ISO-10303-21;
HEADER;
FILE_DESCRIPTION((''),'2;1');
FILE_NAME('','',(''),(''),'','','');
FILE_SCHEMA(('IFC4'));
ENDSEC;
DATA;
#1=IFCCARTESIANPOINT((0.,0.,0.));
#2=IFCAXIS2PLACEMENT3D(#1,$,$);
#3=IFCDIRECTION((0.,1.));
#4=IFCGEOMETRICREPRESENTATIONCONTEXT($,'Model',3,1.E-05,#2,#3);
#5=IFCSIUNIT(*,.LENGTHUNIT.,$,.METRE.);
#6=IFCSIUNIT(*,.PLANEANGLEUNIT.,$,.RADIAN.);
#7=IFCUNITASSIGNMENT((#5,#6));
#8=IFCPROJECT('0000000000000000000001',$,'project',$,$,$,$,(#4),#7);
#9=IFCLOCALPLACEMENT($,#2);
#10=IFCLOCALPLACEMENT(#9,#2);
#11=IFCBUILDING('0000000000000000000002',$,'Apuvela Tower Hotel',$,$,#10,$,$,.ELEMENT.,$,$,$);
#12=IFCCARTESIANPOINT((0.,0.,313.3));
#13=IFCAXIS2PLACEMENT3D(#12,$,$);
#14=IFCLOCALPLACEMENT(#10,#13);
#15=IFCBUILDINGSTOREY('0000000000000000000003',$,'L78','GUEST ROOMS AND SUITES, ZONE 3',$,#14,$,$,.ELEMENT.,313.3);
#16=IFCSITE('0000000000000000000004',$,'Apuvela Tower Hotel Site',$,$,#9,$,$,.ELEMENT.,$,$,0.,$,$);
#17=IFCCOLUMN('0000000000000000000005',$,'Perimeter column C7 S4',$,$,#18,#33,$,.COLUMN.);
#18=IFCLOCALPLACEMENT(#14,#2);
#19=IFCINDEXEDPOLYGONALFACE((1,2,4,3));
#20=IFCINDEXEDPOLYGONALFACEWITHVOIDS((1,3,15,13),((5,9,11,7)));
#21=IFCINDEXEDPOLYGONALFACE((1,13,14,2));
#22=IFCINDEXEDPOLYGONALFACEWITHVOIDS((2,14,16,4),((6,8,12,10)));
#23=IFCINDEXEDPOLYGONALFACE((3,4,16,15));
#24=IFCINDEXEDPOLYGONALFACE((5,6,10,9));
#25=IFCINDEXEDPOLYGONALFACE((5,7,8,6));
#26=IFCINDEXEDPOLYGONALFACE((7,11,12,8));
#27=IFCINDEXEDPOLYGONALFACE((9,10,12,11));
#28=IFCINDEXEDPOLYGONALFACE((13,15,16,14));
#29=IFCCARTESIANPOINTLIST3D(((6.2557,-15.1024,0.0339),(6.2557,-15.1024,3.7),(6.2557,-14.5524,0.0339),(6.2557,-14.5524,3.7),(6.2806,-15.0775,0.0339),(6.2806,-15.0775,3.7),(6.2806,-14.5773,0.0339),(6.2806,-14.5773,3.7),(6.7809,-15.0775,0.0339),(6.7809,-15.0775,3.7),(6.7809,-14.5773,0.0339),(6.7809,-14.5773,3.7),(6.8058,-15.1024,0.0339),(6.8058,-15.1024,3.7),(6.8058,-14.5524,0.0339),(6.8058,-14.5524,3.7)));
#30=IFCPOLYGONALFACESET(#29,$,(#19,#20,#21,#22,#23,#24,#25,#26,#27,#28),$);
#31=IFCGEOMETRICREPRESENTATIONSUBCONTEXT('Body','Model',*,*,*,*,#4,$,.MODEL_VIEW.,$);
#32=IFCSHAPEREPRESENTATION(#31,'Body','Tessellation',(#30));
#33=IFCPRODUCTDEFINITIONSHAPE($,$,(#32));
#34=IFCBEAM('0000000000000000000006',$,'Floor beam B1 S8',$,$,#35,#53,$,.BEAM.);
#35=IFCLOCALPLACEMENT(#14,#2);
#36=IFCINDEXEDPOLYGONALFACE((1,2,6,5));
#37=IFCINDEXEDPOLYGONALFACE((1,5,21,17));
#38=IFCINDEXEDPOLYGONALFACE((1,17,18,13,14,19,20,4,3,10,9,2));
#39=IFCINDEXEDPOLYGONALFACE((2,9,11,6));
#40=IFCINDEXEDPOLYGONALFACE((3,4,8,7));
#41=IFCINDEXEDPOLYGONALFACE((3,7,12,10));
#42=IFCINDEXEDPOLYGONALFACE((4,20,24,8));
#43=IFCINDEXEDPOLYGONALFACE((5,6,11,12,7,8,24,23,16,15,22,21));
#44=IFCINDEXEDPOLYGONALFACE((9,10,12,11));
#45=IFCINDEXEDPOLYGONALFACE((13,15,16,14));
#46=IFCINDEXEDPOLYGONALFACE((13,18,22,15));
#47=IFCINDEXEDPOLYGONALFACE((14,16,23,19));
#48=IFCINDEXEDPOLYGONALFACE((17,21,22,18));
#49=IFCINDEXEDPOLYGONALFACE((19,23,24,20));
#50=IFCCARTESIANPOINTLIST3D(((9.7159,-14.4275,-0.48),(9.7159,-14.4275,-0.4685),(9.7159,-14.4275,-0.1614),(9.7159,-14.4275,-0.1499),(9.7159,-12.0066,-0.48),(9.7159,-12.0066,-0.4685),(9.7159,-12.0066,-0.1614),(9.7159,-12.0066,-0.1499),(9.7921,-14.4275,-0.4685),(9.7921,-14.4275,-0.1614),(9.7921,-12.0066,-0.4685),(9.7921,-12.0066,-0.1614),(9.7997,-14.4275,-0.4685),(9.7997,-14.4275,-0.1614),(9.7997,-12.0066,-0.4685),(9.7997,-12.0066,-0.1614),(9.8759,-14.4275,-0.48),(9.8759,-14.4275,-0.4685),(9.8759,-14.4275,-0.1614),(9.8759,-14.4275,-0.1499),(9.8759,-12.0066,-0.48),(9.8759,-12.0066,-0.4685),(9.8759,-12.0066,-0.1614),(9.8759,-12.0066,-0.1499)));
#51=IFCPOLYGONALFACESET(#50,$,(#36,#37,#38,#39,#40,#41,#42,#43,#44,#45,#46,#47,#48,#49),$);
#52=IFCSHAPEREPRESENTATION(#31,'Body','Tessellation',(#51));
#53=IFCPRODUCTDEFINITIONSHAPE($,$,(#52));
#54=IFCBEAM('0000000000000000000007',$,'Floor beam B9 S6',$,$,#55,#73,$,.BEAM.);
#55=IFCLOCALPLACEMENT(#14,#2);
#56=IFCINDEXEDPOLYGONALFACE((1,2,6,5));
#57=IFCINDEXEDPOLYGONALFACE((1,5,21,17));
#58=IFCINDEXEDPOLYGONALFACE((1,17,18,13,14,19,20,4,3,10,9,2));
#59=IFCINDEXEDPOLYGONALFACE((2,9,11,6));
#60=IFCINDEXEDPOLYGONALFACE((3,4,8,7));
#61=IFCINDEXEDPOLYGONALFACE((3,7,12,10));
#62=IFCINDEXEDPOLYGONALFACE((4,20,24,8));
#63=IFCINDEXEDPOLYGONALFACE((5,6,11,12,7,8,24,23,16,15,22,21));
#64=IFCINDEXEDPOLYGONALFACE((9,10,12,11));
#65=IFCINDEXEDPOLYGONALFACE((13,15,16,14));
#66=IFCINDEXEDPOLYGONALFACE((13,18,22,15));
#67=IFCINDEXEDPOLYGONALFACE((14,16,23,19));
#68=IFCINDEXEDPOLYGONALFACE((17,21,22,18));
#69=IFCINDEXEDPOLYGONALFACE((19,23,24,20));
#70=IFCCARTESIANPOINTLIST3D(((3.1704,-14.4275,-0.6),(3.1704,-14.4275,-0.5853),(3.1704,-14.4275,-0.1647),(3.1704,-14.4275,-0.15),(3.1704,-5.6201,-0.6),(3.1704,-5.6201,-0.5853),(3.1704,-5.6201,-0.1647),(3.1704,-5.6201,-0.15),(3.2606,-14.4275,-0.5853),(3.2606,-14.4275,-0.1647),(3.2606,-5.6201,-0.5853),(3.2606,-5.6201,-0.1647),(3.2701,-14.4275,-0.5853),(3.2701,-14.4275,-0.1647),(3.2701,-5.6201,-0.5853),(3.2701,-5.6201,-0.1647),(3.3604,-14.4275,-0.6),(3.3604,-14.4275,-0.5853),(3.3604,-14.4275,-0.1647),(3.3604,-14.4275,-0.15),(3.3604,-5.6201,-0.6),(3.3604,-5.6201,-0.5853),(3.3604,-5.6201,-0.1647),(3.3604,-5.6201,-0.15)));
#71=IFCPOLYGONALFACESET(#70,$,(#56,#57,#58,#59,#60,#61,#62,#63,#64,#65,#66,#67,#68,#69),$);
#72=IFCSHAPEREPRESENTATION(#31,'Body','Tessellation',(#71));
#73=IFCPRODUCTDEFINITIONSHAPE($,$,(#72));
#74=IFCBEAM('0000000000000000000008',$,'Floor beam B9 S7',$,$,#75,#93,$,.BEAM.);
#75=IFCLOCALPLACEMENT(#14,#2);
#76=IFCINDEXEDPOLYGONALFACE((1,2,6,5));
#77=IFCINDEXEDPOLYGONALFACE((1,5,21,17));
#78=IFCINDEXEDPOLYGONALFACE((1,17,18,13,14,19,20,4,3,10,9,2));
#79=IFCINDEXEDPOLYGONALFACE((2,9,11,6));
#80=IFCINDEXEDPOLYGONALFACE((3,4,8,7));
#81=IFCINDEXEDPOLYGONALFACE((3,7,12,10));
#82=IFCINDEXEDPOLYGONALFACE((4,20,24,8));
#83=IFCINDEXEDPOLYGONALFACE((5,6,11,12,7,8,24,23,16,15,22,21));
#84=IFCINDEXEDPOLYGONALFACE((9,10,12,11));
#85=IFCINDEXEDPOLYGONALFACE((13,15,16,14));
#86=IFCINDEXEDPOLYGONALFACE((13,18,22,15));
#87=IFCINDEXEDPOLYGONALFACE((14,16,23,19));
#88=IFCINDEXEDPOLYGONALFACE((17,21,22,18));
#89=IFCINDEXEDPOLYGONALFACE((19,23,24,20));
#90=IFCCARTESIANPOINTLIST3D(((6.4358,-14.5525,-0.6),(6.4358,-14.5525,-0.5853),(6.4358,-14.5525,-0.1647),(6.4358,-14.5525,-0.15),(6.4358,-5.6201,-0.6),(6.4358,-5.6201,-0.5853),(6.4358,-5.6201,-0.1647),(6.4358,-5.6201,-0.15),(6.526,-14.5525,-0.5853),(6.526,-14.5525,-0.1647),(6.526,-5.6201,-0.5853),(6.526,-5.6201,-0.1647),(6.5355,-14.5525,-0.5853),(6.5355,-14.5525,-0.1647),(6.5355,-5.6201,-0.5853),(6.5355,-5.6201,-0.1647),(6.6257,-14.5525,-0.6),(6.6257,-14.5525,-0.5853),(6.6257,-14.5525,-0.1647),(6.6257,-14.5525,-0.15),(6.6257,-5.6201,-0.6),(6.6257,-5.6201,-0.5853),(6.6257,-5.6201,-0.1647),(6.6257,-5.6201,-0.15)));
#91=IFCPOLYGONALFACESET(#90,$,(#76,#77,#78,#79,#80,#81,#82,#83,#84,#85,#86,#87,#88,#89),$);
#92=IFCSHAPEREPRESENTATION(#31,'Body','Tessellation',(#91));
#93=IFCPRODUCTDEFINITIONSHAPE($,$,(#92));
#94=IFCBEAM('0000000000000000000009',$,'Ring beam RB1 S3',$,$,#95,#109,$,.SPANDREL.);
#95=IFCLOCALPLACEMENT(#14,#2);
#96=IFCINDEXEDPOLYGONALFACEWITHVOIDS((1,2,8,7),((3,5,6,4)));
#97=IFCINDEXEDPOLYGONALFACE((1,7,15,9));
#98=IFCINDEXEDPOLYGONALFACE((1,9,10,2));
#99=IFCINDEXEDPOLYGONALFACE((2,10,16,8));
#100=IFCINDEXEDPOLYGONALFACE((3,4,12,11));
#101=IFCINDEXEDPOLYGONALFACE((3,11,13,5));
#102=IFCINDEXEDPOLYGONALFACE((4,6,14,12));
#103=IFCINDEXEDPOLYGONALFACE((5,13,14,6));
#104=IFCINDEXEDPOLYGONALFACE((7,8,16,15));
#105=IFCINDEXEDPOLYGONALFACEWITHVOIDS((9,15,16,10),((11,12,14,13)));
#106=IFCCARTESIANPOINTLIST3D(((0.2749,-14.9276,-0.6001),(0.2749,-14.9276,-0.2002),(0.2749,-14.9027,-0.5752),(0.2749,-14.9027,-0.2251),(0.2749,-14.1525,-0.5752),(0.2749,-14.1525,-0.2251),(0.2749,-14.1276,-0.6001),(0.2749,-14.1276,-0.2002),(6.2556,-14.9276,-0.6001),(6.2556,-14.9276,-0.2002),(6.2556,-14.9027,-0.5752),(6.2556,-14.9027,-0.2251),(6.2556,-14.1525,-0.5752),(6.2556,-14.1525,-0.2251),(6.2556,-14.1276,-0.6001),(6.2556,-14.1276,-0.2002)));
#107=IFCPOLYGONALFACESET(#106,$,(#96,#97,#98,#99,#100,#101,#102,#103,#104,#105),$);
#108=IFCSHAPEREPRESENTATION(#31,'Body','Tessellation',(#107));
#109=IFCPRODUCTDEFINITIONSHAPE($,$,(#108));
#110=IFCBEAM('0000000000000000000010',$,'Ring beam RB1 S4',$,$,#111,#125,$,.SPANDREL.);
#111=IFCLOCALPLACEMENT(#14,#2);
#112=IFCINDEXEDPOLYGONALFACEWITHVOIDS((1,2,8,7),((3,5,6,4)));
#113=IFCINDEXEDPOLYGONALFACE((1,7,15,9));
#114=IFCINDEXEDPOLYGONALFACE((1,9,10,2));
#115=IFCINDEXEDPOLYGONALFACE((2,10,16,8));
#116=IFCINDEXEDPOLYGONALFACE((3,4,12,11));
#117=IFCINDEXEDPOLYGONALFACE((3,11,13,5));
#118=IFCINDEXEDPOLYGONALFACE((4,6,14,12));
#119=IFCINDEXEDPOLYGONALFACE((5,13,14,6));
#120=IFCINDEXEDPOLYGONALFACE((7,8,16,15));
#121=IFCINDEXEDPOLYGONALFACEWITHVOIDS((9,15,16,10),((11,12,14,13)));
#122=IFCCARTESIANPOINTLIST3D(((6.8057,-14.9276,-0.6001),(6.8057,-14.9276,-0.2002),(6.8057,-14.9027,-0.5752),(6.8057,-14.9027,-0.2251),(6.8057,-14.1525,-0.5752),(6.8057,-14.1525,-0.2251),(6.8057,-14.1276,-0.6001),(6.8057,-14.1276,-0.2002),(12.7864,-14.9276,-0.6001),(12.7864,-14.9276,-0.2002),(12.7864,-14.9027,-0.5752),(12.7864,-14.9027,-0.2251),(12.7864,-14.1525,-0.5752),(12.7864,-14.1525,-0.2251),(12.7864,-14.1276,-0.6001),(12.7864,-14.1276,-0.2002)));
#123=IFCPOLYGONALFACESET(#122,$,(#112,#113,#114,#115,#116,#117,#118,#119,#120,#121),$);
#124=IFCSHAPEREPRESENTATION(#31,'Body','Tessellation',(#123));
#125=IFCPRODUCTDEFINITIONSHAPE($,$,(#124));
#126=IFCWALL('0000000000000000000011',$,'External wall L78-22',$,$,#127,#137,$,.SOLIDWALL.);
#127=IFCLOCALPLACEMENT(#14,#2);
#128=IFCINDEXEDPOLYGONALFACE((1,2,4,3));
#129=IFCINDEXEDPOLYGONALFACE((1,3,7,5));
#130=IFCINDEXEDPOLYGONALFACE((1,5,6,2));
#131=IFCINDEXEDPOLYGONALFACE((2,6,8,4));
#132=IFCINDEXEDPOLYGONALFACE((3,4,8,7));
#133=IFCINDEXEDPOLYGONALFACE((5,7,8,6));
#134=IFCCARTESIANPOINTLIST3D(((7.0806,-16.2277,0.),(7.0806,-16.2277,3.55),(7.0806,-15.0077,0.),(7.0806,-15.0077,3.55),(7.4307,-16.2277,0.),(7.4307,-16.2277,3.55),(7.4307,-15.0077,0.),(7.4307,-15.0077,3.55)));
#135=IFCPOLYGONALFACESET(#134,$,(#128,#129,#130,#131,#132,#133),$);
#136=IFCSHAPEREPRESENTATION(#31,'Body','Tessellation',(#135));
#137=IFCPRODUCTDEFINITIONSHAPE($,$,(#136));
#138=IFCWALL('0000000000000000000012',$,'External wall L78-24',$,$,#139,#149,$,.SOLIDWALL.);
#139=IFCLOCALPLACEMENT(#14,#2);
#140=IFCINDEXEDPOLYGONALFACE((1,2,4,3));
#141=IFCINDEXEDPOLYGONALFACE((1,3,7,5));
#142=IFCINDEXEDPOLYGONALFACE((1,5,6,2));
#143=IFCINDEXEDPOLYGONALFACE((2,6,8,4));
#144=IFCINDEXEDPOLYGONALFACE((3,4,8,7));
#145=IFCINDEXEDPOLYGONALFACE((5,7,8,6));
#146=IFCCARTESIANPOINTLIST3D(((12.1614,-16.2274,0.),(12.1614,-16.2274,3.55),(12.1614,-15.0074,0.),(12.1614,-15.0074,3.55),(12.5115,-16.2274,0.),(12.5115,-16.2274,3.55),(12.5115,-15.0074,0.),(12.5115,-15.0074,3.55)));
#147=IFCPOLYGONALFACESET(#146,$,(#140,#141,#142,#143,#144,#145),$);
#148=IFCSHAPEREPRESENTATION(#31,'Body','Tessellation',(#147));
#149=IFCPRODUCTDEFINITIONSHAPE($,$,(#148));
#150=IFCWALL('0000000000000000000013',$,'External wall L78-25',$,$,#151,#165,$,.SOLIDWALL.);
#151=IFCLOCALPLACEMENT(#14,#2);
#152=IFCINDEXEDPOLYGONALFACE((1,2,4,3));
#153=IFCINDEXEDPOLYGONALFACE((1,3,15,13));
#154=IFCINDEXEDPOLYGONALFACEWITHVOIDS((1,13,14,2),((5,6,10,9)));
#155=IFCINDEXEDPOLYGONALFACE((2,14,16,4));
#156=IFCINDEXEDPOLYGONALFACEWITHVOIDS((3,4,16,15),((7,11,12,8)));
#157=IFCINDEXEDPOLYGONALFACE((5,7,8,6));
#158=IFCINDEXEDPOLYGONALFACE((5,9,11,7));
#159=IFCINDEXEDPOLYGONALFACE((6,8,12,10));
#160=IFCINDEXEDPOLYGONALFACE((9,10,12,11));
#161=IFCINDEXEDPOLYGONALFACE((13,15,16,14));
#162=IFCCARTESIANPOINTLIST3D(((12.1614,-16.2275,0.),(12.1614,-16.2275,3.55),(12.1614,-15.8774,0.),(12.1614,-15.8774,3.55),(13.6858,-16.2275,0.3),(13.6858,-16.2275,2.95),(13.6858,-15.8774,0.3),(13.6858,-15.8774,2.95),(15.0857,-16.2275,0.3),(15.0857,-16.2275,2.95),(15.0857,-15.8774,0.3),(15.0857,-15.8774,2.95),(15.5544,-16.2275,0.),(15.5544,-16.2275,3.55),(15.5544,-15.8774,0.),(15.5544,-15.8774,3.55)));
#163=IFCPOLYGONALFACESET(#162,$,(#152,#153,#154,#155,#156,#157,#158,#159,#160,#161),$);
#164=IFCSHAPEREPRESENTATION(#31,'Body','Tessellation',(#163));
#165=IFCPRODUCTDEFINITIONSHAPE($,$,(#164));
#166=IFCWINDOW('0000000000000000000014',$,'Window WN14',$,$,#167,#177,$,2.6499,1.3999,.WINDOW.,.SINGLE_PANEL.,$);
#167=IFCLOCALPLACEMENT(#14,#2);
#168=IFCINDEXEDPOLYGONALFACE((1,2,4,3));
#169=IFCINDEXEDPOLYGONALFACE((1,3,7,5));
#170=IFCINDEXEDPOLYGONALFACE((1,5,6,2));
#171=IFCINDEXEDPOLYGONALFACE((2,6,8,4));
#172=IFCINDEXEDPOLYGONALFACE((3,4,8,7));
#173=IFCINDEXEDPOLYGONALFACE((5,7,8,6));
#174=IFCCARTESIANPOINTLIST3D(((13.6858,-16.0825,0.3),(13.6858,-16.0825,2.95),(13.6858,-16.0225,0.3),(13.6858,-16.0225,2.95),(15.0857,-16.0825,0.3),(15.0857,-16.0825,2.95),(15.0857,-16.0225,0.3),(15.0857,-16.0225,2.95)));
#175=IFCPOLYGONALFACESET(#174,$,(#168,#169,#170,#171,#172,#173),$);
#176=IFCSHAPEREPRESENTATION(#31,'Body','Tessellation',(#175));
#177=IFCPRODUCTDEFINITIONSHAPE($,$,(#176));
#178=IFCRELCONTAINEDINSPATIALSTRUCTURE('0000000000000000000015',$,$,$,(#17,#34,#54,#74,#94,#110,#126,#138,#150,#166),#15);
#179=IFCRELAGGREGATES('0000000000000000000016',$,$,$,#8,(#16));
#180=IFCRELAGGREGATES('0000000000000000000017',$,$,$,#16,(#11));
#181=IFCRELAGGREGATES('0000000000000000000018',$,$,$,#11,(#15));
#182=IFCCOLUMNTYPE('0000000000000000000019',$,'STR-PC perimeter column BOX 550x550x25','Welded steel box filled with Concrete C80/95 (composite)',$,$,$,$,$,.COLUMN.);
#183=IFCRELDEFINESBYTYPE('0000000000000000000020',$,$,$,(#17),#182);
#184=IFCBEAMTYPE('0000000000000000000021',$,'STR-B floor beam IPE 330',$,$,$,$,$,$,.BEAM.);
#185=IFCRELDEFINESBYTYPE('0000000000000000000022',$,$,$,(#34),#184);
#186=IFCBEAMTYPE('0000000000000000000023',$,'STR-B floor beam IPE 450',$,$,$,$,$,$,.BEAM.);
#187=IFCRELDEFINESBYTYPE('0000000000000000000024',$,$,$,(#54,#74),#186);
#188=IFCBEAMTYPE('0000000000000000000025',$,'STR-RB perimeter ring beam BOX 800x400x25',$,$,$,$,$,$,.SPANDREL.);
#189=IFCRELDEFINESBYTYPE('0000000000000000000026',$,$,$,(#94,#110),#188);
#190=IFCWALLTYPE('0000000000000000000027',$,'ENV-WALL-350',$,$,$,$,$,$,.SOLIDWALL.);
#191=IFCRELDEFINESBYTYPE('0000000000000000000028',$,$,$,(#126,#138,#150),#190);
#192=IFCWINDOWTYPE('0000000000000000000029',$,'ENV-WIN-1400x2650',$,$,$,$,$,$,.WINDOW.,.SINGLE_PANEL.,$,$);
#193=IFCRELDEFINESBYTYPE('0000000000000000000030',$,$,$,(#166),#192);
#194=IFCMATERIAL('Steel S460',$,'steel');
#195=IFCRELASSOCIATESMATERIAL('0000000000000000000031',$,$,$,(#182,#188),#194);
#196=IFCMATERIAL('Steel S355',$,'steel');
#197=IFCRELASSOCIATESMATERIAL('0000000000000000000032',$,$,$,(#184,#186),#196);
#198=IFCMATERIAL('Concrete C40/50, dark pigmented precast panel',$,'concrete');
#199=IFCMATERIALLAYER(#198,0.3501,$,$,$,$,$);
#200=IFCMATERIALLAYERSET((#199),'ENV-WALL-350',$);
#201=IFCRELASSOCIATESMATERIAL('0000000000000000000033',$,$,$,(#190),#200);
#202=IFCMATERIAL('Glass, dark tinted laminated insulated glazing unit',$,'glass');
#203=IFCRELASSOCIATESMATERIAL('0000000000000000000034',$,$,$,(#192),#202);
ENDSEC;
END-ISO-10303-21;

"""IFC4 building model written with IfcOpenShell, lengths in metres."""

from ifc_helpers import new_model, si_unit, direction, frame, frame_2d, origin, origin_2d, place, context, subcontext, project, spatial, rectangle, hollow_rectangle, i_section, extrude, boolean, halfspace, material, layer, layer_set, material_profile, profile_set, type_object, element, fill, save


model = new_model("IFC4")

# Units and contexts
model_context = context("Model", 3, precision=1e-05, world=origin(), true_north=direction((0.0, 1.0)))
body_context = subcontext(model_context, "Body", "Model", "MODEL_VIEW")
ifc_project = project(units=[si_unit("LENGTHUNIT", "METRE"), si_unit("PLANEANGLEUNIT", "RADIAN")], contexts=[model_context])

# Site, building, storey
site_placement = place(None, origin())
site = spatial("IfcSite", under=ifc_project, at=site_placement, Name="Apuvela Tower Hotel Site", CompositionType="ELEMENT", RefElevation=0.0)
building_placement = place(site_placement, origin())
building = spatial("IfcBuilding", under=site, at=building_placement, Name="Apuvela Tower Hotel", CompositionType="ELEMENT")
storey_placement = place(building_placement, frame((0.0, 0.0, 313.3)))
storey = spatial("IfcBuildingStorey", under=building, at=storey_placement, Name="L78", Description="GUEST ROOMS AND SUITES, ZONE 3", CompositionType="ELEMENT", Elevation=313.3)

# Column
ifc_material_1 = material(Name="Steel S460", Category="steel")
ifc_material_profile_1 = material_profile(ifc_material_1, hollow_rectangle(XDim=0.55, YDim=0.55, WallThickness=0.0249, at=origin_2d()), Name="BOX 550x550x25")
ifc_material_2 = material(Name="Concrete C80/95", Category="concrete")
ifc_material_profile_2 = material_profile(ifc_material_2, rectangle(XDim=0.5, YDim=0.5, at=origin_2d()), Name="Concrete C80/95 infill")
ifc_profile_set_1 = profile_set([ifc_material_profile_1, ifc_material_profile_2], Name="Steel S460")
column_type = type_object("IfcColumnType", Name="STR-PC perimeter column BOX 550x550x25", Description="Welded steel box filled with Concrete C80/95 (composite)", PredefinedType="COLUMN", material=ifc_profile_set_1)
column_placement = place(storey_placement, frame((6.5308, -14.8274, 0.0), z_axis=(0.0, 0.0, 1.0), x_axis=(-1.0, 0.0, 0.0)))
element("IfcColumn", 1, at=column_placement, inside=storey, type_object=column_type, Name="Perimeter column C7 S4", PredefinedType="COLUMN", context=body_context, shape_type="SweptSolid", body=[
    boolean("DIFFERENCE", extrude(hollow_rectangle(XDim=0.55, YDim=0.55, WallThickness=0.0249, at=origin_2d()), origin(), (0.0, 0.0, 1.0), 3.7), halfspace(frame((0.0, 0.0, 0.0339), z_axis=(0.0, 0.0, 1.0), x_axis=(1.0, 0.0, 0.0)), True)),
])

# Beams
ifc_material_3 = material(Name="Steel S355", Category="steel")
ifc_material_profile_3 = material_profile(ifc_material_3, i_section(OverallWidth=0.1599, OverallDepth=0.3301, WebThickness=0.0076, FlangeThickness=0.0115, at=origin_2d()), Name="IPE 330")
ifc_profile_set_2 = profile_set([ifc_material_profile_3], Name="Steel S355")
beam_type_1 = type_object("IfcBeamType", Name="STR-B floor beam IPE 330", PredefinedType="BEAM", material=ifc_profile_set_2)
beam_1_placement = place(storey_placement, frame((9.7959, -14.4275, -0.3149), z_axis=(0.0, 1.0, 0.0), x_axis=(-1.0, 0.0, 0.0)))
element("IfcBeam", 2, at=beam_1_placement, inside=storey, type_object=beam_type_1, Name="Floor beam B1 S8", PredefinedType="BEAM", context=body_context, shape_type="SweptSolid", body=[
    extrude(i_section(OverallWidth=0.1599, OverallDepth=0.3301, WebThickness=0.0076, FlangeThickness=0.0115, at=origin_2d()), origin(), (0.0, 0.0, 1.0), 2.4209),
])
ifc_material_profile_4 = material_profile(ifc_material_3, i_section(OverallWidth=0.1899, OverallDepth=0.45, WebThickness=0.0095, FlangeThickness=0.0146, at=origin_2d()), Name="IPE 450")
ifc_profile_set_3 = profile_set([ifc_material_profile_4], Name="Steel S355")
beam_type_2 = type_object("IfcBeamType", Name="STR-B floor beam IPE 450", PredefinedType="BEAM", material=ifc_profile_set_3)
beam_2_placement = place(storey_placement, frame((3.2654, -14.4275, -0.375), z_axis=(0.0, 1.0, 0.0), x_axis=(-1.0, 0.0, 0.0)))
element("IfcBeam", 3, at=beam_2_placement, inside=storey, type_object=beam_type_2, Name="Floor beam B9 S6", PredefinedType="BEAM", context=body_context, shape_type="SweptSolid", body=[
    extrude(i_section(OverallWidth=0.1899, OverallDepth=0.45, WebThickness=0.0095, FlangeThickness=0.0146, at=origin_2d()), origin(), (0.0, 0.0, 1.0), 8.8074),
])
beam_3_placement = place(storey_placement, frame((6.5308, -14.5525, -0.375), z_axis=(0.0, 1.0, 0.0), x_axis=(-1.0, 0.0, 0.0)))
element("IfcBeam", 4, at=beam_3_placement, inside=storey, type_object=beam_type_2, Name="Floor beam B9 S7", PredefinedType="BEAM", context=body_context, shape_type="SweptSolid", body=[
    extrude(i_section(OverallWidth=0.1899, OverallDepth=0.45, WebThickness=0.0095, FlangeThickness=0.0146, at=origin_2d()), origin(), (0.0, 0.0, 1.0), 8.9324),
])
ifc_material_profile_5 = material_profile(ifc_material_1, hollow_rectangle(XDim=0.8, YDim=0.3999, WallThickness=0.0249, at=origin_2d()), Name="BOX 800x400x25")
ifc_profile_set_4 = profile_set([ifc_material_profile_5], Name="Steel S460")
beam_type_3 = type_object("IfcBeamType", Name="STR-RB perimeter ring beam BOX 800x400x25", PredefinedType="SPANDREL", material=ifc_profile_set_4)
for number, where, z_axis, x_axis, name in (
    (5, (0.2749, -14.5276, -0.4001), (1.0, 0.0, 0.0), (0.0, 1.0, 0.0), "Ring beam RB1 S3"),
    (6, (6.8057, -14.5276, -0.4001), (1.0, 0.0, 0.0), (0.0, 1.0, 0.0), "Ring beam RB1 S4"),
):
    element("IfcBeam", number, at=place(storey_placement, frame(where, z_axis=z_axis, x_axis=x_axis)), inside=storey, type_object=beam_type_3, Name=name, PredefinedType="SPANDREL", context=body_context, shape_type="SweptSolid", body=[
        extrude(hollow_rectangle(XDim=0.8, YDim=0.3999, WallThickness=0.0249, at=origin_2d()), origin(), (0.0, 0.0, 1.0), 5.9807),
    ])

# Wall
ifc_material_4 = material(Name="Concrete C40/50, dark pigmented precast panel", Category="concrete")
ifc_layer_1 = layer(ifc_material_4, 0.3501)
ifc_layer_set_1 = layer_set([ifc_layer_1], Name="ENV-WALL-350")
wall_type_1 = type_object("IfcWallType", Name="ENV-WALL-350", PredefinedType="SOLIDWALL", material=ifc_layer_set_1)
wall_1_placement = place(storey_placement, frame((7.2556, -16.2275, 0.0), z_axis=(0.0, 0.0, 1.0), x_axis=(0.0, 1.0, 0.0)))
element("IfcWall", 7, at=wall_1_placement, inside=storey, type_object=wall_type_1, Name="External wall L78-22", PredefinedType="SOLIDWALL", context=body_context, shape_type="SweptSolid", body=[
    extrude(rectangle(XDim=1.22, YDim=0.3501, at=frame_2d((0.6099, 0.0))), origin(), (0.0, 0.0, 1.0), 3.55),
])

# Shared definitions
ifc_material_5 = material(Name="Glass, dark tinted laminated insulated glazing unit", Category="glass")

# Wall
wall_2_placement = place(storey_placement, frame((12.3364, -15.0076, 0.0), z_axis=(0.0, 0.0, 1.0), x_axis=(0.0, -1.0, 0.0)))
element("IfcWall", 8, at=wall_2_placement, inside=storey, type_object=wall_type_1, Name="External wall L78-24", PredefinedType="SOLIDWALL", context=body_context, shape_type="SweptSolid", body=[
    extrude(rectangle(XDim=1.22, YDim=0.3501, at=frame_2d((0.6099, 0.0))), origin(), (0.0, 0.0, 1.0), 3.55),
])

# Wall, opening, window
wall_3_placement = place(storey_placement, frame((12.1614, -16.0525, 0.0), z_axis=(0.0, 0.0, 1.0), x_axis=(1.0, 0.0, 0.0)))
wall_3 = element("IfcWall", 9, at=wall_3_placement, inside=storey, type_object=wall_type_1, Name="External wall L78-25", PredefinedType="SOLIDWALL", context=body_context, shape_type="SweptSolid", body=[
    extrude(rectangle(XDim=3.3931, YDim=0.3501, at=frame_2d((1.6965, 0.0))), origin(), (0.0, 0.0, 1.0), 3.55),
])
opening_1_placement = place(wall_3_placement, frame((1.5244, 0.0, 0.3)))
opening_1 = element("IfcOpeningElement", 10, at=opening_1_placement, cuts=wall_3, PredefinedType="OPENING", context=body_context, shape_type="SweptSolid", body=[
    extrude(rectangle(XDim=1.3999, YDim=2.6499, at=frame_2d((0.7, 1.325))), frame((0.0, 0.1851, 0.0), z_axis=(0.0, -1.0, 0.0), x_axis=(1.0, 0.0, 0.0)), (0.0, 0.0, 1.0), 0.3701),
])
window_type_1 = type_object("IfcWindowType", Name="ENV-WIN-1400x2650", PartitioningType="SINGLE_PANEL", PredefinedType="WINDOW", material=ifc_material_5)
window_1_placement = place(opening_1_placement, origin())
window_1 = element("IfcWindow", 11, at=window_1_placement, inside=storey, type_object=window_type_1, Name="Window WN14", OverallHeight=2.6499, OverallWidth=1.3999, PartitioningType="SINGLE_PANEL", PredefinedType="WINDOW", context=body_context, shape_type="SweptSolid", body=[
    extrude(rectangle(XDim=1.3999, YDim=2.6499, at=frame_2d((0.7, 1.325))), frame((0.0, 0.03, 0.0), z_axis=(0.0, -1.0, 0.0), x_axis=(1.0, 0.0, 0.0)), (0.0, 0.0, 1.0), 0.0601),
])
fill(opening_1, window_1)

save(model, "model.ifc")
